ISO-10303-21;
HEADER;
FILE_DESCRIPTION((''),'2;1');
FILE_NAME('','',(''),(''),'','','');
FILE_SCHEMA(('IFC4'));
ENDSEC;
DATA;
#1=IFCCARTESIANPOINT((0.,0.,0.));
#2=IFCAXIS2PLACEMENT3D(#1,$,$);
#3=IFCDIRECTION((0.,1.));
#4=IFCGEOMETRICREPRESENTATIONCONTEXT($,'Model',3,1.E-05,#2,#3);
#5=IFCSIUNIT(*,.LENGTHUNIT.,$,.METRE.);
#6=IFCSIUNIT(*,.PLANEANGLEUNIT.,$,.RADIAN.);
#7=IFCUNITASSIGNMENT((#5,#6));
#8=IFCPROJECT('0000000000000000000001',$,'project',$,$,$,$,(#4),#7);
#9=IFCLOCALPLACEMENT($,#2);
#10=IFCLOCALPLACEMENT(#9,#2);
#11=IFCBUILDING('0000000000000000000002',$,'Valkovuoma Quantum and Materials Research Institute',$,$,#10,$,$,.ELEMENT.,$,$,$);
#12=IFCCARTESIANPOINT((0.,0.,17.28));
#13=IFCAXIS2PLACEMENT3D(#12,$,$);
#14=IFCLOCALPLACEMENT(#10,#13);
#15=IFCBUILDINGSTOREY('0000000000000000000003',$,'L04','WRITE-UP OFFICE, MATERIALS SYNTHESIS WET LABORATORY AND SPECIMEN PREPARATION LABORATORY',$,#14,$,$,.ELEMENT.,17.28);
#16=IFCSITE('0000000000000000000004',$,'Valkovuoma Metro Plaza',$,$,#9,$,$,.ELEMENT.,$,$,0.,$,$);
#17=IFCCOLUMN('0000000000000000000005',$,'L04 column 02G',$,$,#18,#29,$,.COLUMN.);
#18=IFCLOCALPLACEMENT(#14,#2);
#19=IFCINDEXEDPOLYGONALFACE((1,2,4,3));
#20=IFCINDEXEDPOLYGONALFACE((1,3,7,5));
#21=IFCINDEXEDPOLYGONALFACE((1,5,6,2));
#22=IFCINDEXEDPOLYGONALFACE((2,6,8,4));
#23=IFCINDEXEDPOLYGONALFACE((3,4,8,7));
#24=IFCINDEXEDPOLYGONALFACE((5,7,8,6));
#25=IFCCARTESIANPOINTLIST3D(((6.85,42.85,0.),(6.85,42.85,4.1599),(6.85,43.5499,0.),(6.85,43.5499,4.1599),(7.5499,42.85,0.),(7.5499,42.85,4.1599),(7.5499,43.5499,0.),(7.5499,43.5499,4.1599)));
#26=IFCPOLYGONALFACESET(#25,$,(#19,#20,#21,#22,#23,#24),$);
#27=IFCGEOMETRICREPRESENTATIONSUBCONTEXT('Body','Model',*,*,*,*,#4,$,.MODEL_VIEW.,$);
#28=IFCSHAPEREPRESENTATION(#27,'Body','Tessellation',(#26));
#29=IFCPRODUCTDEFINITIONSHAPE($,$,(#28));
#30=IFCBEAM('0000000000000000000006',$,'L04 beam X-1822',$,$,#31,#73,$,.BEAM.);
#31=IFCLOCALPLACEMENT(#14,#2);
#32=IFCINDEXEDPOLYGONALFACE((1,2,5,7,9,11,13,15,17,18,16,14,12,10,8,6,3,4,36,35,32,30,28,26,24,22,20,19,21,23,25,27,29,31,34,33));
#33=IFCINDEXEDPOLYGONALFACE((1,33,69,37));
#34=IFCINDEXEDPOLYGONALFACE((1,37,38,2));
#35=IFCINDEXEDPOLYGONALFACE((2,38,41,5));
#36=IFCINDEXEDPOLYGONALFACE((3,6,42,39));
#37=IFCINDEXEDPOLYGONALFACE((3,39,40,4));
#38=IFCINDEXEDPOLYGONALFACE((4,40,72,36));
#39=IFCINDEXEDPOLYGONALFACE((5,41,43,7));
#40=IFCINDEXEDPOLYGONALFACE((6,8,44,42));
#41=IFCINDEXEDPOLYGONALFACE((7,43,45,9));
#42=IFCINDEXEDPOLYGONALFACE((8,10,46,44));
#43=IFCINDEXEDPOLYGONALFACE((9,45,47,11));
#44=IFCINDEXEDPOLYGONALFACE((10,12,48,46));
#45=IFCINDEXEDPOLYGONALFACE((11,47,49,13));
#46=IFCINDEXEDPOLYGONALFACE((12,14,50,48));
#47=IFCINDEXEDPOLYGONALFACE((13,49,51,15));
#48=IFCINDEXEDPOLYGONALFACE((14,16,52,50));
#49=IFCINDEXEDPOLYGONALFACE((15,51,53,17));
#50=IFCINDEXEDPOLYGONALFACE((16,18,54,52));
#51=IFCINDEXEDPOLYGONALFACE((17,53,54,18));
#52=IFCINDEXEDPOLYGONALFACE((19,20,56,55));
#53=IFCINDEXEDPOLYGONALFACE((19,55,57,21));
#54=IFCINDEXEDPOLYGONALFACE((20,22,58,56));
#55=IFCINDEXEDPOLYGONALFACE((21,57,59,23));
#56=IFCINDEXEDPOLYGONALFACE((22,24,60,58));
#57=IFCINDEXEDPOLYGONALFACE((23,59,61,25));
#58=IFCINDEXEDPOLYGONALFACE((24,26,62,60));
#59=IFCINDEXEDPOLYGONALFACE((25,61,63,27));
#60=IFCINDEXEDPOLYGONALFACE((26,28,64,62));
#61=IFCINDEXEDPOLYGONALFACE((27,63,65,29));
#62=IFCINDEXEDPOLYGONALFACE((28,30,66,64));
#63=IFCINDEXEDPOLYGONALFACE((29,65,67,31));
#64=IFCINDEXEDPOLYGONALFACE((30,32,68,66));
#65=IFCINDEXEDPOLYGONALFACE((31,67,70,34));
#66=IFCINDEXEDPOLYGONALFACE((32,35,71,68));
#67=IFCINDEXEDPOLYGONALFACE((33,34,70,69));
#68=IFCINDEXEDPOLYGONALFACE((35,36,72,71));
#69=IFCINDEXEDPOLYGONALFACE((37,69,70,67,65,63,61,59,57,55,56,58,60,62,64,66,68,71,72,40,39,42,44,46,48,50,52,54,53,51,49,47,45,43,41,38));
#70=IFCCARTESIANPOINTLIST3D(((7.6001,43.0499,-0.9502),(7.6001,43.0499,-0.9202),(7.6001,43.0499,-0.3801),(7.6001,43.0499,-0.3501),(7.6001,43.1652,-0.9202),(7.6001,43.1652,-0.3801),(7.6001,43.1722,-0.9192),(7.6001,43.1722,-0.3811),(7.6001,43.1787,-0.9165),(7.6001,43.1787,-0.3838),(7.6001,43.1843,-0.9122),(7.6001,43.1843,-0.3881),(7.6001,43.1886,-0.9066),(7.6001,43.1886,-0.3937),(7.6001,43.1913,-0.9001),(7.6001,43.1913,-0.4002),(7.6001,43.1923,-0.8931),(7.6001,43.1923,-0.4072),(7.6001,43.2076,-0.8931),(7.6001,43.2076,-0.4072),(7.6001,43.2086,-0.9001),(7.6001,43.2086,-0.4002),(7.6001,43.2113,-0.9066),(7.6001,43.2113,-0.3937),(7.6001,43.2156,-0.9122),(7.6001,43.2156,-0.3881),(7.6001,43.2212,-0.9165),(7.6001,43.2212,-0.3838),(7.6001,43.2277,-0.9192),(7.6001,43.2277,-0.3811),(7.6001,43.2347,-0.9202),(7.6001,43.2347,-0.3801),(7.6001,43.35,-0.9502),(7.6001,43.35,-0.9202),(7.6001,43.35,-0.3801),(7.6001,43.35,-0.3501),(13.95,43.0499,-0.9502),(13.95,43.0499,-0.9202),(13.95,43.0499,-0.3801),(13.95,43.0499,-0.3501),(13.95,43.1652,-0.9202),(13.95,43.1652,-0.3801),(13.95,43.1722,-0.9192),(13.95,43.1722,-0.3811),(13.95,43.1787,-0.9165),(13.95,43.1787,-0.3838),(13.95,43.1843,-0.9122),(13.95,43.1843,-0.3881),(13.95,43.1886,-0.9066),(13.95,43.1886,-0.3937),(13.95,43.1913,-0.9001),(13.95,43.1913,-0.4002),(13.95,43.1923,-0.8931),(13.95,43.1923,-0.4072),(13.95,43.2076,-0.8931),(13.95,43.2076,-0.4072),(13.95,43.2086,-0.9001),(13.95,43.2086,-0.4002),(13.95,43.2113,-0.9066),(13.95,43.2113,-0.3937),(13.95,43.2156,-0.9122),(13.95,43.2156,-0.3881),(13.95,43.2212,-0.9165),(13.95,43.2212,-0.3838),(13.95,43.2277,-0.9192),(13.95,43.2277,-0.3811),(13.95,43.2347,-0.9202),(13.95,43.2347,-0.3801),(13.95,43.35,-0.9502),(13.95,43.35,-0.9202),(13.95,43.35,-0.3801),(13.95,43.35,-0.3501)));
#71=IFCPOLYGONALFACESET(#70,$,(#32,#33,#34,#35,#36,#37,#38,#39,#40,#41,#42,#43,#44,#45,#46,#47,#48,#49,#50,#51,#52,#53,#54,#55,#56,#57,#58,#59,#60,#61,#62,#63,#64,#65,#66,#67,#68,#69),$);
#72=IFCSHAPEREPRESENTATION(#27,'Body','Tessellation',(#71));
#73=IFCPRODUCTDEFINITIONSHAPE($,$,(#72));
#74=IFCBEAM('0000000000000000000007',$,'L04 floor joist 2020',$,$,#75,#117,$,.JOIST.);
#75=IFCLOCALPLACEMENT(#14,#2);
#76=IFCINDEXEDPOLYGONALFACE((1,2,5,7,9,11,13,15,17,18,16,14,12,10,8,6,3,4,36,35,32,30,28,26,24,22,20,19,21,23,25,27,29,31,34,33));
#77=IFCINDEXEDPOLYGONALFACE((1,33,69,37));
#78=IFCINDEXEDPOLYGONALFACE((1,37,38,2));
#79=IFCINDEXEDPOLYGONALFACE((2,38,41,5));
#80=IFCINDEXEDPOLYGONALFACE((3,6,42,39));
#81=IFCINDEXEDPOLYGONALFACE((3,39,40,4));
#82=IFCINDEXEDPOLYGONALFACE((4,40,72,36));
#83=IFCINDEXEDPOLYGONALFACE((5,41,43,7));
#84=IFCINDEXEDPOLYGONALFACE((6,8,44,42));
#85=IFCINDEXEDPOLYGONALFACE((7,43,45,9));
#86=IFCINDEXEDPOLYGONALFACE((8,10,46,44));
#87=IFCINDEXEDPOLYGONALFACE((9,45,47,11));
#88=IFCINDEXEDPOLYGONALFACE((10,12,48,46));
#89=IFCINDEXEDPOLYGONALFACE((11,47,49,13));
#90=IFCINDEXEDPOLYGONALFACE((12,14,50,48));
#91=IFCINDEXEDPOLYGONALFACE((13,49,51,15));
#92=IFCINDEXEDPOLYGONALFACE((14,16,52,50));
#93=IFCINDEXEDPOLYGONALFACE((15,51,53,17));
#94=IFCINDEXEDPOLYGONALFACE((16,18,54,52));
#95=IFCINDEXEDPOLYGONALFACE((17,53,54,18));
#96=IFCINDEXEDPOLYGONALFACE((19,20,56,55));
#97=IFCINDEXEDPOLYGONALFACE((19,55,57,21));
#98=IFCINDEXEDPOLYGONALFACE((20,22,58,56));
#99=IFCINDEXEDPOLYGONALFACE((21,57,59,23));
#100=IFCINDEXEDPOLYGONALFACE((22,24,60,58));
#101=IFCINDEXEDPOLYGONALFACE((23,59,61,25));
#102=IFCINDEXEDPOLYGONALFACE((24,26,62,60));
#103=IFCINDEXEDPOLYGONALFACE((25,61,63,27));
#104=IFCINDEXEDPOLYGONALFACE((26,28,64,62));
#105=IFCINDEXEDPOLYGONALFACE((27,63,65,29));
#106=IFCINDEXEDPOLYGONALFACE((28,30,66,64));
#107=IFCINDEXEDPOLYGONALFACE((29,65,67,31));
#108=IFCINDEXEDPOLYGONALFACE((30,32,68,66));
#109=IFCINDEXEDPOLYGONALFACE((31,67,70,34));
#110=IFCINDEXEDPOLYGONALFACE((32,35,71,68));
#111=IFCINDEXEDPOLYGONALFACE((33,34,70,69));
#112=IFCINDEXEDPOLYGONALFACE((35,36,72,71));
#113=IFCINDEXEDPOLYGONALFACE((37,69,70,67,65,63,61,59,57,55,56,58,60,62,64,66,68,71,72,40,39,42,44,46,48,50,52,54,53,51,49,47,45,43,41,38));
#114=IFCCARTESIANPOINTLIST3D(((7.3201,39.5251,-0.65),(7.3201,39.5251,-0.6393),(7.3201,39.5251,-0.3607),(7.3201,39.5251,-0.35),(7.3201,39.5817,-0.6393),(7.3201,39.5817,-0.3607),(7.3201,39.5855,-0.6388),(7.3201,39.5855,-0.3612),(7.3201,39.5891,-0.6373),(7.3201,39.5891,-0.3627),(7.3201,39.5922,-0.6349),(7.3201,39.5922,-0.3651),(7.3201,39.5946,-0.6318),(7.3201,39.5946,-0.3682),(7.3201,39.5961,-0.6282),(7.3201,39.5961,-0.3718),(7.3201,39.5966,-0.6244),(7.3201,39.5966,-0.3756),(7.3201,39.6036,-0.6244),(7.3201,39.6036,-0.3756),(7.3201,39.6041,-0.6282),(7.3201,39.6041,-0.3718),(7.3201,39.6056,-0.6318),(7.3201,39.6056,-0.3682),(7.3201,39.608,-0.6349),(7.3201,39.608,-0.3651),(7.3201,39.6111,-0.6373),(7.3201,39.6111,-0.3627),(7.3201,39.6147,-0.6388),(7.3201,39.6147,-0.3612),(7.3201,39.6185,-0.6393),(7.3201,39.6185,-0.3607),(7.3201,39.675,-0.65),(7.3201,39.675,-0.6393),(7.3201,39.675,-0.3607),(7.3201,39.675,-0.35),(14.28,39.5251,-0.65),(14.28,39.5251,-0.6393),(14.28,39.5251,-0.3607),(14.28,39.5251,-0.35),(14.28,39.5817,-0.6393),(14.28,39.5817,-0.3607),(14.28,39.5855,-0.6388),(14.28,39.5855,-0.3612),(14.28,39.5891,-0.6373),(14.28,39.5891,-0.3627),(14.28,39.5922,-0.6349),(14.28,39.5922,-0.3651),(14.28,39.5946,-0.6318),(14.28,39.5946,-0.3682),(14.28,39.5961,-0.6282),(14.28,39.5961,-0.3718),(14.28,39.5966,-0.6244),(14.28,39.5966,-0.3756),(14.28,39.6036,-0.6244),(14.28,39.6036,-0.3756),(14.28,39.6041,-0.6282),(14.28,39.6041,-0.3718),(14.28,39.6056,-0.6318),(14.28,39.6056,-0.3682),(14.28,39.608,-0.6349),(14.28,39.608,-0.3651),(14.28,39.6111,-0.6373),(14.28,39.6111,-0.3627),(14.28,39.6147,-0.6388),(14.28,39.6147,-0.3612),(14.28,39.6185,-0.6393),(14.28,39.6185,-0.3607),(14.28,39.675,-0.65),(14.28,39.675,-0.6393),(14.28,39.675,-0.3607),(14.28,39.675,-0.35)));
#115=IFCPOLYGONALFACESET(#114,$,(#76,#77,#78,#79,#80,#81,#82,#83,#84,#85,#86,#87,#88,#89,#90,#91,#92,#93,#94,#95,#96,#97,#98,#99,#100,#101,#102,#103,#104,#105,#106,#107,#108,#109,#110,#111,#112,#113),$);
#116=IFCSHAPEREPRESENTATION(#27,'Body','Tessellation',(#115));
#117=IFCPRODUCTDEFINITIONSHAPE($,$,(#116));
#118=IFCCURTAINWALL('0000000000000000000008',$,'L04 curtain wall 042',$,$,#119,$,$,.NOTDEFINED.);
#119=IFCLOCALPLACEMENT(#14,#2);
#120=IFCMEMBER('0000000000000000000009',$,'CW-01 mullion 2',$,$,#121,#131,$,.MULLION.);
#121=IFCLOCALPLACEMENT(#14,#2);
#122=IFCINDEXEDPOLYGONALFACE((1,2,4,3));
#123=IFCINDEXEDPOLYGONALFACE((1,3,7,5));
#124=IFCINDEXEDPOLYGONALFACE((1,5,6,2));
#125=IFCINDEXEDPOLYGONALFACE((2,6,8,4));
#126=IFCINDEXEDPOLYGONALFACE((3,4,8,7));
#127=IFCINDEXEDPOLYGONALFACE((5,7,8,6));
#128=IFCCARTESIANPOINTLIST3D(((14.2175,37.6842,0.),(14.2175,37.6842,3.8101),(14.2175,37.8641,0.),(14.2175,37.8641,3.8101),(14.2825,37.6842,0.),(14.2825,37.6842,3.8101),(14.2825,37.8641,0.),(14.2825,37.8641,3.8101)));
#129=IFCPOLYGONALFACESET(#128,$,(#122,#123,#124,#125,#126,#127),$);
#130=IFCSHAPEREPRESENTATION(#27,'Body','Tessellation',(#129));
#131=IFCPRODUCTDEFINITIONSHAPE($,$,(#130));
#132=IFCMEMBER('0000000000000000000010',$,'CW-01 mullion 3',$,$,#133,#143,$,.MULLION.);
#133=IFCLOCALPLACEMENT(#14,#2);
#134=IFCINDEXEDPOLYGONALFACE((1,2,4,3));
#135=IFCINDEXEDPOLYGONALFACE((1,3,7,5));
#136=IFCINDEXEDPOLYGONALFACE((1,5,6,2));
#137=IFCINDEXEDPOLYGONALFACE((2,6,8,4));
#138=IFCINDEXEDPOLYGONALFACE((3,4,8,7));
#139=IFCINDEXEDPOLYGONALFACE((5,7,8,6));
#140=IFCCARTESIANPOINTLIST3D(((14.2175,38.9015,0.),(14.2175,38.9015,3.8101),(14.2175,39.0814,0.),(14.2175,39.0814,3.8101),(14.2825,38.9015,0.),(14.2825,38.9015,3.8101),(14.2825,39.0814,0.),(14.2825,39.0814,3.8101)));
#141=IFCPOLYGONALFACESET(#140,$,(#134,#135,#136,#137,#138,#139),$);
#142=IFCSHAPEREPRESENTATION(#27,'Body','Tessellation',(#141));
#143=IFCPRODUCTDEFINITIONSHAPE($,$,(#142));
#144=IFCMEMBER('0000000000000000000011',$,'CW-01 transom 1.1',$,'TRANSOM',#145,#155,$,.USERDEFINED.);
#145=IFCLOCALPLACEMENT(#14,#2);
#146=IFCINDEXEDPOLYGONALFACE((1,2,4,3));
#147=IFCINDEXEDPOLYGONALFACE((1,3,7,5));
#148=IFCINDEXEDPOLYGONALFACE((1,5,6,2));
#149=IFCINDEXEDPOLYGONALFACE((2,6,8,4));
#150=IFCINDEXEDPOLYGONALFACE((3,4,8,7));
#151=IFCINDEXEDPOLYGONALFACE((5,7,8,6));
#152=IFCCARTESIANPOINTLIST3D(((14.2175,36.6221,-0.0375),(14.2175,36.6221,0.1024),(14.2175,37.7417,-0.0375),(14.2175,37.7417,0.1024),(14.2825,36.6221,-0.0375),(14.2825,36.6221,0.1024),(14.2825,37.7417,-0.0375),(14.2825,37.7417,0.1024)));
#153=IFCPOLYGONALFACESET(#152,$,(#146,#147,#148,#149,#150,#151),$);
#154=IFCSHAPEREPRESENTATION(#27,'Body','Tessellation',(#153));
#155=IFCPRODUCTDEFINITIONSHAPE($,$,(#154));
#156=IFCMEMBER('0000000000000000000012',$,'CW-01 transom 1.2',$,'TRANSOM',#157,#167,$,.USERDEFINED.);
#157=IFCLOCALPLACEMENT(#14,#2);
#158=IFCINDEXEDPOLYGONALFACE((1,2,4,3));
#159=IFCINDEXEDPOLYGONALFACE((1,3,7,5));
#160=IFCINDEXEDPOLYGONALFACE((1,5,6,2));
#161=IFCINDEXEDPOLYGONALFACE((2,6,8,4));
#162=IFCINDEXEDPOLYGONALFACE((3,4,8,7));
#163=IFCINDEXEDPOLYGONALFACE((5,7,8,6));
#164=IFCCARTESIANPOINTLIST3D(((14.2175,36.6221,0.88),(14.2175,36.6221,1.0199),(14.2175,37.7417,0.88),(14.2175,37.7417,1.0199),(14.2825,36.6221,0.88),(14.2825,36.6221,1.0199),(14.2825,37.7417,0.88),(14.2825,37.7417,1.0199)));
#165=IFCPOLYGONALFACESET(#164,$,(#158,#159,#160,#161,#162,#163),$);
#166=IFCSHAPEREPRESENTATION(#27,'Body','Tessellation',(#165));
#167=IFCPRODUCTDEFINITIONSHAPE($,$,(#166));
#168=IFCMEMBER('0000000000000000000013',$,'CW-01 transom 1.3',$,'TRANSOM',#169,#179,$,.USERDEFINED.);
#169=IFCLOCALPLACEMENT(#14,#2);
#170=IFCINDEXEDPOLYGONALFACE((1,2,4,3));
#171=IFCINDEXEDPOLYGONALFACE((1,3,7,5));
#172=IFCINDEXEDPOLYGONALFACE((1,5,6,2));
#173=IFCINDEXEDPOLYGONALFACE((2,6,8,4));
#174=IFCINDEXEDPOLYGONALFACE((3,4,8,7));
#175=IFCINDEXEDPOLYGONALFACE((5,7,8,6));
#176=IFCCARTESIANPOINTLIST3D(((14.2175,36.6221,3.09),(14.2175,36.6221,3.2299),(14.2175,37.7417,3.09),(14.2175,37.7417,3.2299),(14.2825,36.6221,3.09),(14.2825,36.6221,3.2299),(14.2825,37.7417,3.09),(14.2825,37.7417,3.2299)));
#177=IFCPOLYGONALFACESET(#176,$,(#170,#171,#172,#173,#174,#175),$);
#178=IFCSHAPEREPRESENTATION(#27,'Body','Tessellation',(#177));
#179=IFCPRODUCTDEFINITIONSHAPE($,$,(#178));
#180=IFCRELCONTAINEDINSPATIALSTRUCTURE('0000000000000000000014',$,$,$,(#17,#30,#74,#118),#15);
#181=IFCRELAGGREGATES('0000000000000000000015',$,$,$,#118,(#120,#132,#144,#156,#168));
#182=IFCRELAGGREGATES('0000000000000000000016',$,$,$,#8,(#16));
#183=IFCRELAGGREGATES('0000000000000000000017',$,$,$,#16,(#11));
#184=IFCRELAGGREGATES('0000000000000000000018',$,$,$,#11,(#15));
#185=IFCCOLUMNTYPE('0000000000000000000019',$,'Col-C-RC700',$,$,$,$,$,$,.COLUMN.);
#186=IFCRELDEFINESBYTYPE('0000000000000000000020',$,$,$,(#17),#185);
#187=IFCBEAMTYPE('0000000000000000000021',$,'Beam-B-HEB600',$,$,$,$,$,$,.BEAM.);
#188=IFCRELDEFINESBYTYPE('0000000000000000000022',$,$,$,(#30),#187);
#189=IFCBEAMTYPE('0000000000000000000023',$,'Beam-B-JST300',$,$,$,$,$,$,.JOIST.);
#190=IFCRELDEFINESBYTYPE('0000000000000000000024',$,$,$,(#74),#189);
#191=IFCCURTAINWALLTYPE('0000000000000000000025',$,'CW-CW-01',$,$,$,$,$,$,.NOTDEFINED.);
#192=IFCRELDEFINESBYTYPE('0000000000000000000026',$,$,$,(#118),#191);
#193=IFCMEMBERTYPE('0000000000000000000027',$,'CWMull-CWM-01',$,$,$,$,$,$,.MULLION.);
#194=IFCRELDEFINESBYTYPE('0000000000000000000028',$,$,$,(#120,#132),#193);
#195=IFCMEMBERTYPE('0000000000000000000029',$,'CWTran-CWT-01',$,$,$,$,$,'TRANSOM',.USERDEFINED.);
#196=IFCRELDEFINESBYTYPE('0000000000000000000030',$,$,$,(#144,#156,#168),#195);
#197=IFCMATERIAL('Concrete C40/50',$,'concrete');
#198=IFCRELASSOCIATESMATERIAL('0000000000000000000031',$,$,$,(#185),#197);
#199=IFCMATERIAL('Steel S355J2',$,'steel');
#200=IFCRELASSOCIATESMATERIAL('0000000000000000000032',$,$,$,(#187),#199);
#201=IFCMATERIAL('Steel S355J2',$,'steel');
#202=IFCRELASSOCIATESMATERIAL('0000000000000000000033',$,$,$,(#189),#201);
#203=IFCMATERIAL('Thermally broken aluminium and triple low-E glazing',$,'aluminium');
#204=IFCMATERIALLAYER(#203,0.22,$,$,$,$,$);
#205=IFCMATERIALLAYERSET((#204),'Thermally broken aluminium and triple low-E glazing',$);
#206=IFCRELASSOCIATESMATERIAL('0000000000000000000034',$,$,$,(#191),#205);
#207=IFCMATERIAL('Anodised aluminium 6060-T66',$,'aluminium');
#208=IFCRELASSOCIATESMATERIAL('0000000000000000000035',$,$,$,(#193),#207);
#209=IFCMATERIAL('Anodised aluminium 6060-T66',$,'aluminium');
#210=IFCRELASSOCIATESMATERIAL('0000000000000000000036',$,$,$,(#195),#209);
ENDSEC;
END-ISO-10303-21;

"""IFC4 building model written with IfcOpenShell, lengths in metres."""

from ifc_helpers import new_model, si_unit, direction, frame, origin, origin_2d, place, context, subcontext, project, spatial, rectangle, i_section, extrude, material, layer, layer_set, material_profile, profile_set, type_object, element, aggregate, save


model = new_model("IFC4")

# Units and contexts
model_context = context("Model", 3, precision=1e-05, world=origin(), true_north=direction((0.0, 1.0)))
body_context = subcontext(model_context, "Body", "Model", "MODEL_VIEW")
ifc_project = project(units=[si_unit("LENGTHUNIT", "METRE"), si_unit("PLANEANGLEUNIT", "RADIAN")], contexts=[model_context])

# Site, building, storey
site_placement = place(None, origin())
site = spatial("IfcSite", under=ifc_project, at=site_placement, Name="Valkovuoma Metro Plaza", CompositionType="ELEMENT", RefElevation=0.0)
building_placement = place(site_placement, origin())
building = spatial("IfcBuilding", under=site, at=building_placement, Name="Valkovuoma Quantum and Materials Research Institute", CompositionType="ELEMENT")
storey_placement = place(building_placement, frame((0.0, 0.0, 17.28)))
storey = spatial("IfcBuildingStorey", under=building, at=storey_placement, Name="L04", Description="WRITE-UP OFFICE, MATERIALS SYNTHESIS WET LABORATORY AND SPECIMEN PREPARATION LABORATORY", CompositionType="ELEMENT", Elevation=17.28)

# Column
ifc_material_1 = material(Name="Concrete C40/50", Category="concrete")
ifc_material_profile_1 = material_profile(ifc_material_1, rectangle(XDim=0.7, YDim=0.7, at=origin_2d()), Name="Concrete C40/50")
ifc_profile_set_1 = profile_set([ifc_material_profile_1], Name="Concrete C40/50")
column_type = type_object("IfcColumnType", Name="Col-C-RC700", PredefinedType="COLUMN", material=ifc_profile_set_1)
column_placement = place(storey_placement, frame((7.2, 43.2, 0.0), z_axis=(0.0, 0.0, 1.0), x_axis=(1.0, 0.0, 0.0)))
element("IfcColumn", 1, at=column_placement, inside=storey, type_object=column_type, Name="L04 column 02G", PredefinedType="COLUMN", context=body_context, shape_type="SweptSolid", body=[
    extrude(rectangle(XDim=0.7, YDim=0.7, at=origin_2d()), origin(), (0.0, 0.0, 1.0), 4.1599),
])

# Beams
ifc_material_2 = material(Name="Steel S355J2", Category="steel")
ifc_material_profile_2 = material_profile(ifc_material_2, i_section(OverallWidth=0.3, OverallDepth=0.6001, WebThickness=0.0154, FlangeThickness=0.03, FilletRadius=0.0271, at=origin_2d()), Name="Steel S355J2")
ifc_profile_set_2 = profile_set([ifc_material_profile_2], Name="Steel S355J2")
beam_type_1 = type_object("IfcBeamType", Name="Beam-B-HEB600", PredefinedType="BEAM", material=ifc_profile_set_2)
beam_1_placement = place(storey_placement, frame((7.6001, 43.2, -0.6501), z_axis=(1.0, 0.0, 0.0), x_axis=(0.0, 1.0, 0.0)))
element("IfcBeam", 2, at=beam_1_placement, inside=storey, type_object=beam_type_1, Name="L04 beam X-1822", PredefinedType="BEAM", context=body_context, shape_type="SweptSolid", body=[
    extrude(i_section(OverallWidth=0.3, OverallDepth=0.6001, WebThickness=0.0154, FlangeThickness=0.03, FilletRadius=0.0271, at=origin_2d()), origin(), (0.0, 0.0, 1.0), 6.3499),
])
ifc_material_3 = material(Name="Steel S355J2", Category="steel")
ifc_material_profile_3 = material_profile(ifc_material_3, i_section(OverallWidth=0.1499, OverallDepth=0.3, WebThickness=0.0071, FlangeThickness=0.0107, FilletRadius=0.0149, at=origin_2d()), Name="Steel S355J2")
ifc_profile_set_3 = profile_set([ifc_material_profile_3], Name="Steel S355J2")
beam_type_2 = type_object("IfcBeamType", Name="Beam-B-JST300", PredefinedType="JOIST", material=ifc_profile_set_3)
beam_2_placement = place(storey_placement, frame((7.3201, 39.6001, -0.5), z_axis=(1.0, 0.0, 0.0), x_axis=(0.0, 1.0, 0.0)))
element("IfcBeam", 3, at=beam_2_placement, inside=storey, type_object=beam_type_2, Name="L04 floor joist 2020", PredefinedType="JOIST", context=body_context, shape_type="SweptSolid", body=[
    extrude(i_section(OverallWidth=0.1499, OverallDepth=0.3, WebThickness=0.0071, FlangeThickness=0.0107, FilletRadius=0.0149, at=origin_2d()), origin(), (0.0, 0.0, 1.0), 6.96),
])

# Curtain wall, members
ifc_material_4 = material(Name="Thermally broken aluminium and triple low-E glazing", Category="aluminium")
ifc_layer_1 = layer(ifc_material_4, 0.22)
ifc_layer_set_1 = layer_set([ifc_layer_1], Name="Thermally broken aluminium and triple low-E glazing")
curtain_wall_type = type_object("IfcCurtainWallType", Name="CW-CW-01", PredefinedType="NOTDEFINED", material=ifc_layer_set_1)
curtain_wall_placement = place(storey_placement, origin())
curtain_wall = element("IfcCurtainWall", 4, at=curtain_wall_placement, inside=storey, type_object=curtain_wall_type, Name="L04 curtain wall 042", PredefinedType="NOTDEFINED")
ifc_material_5 = material(Name="Anodised aluminium 6060-T66", Category="aluminium")
ifc_material_profile_4 = material_profile(ifc_material_5, rectangle(XDim=0.0649, YDim=0.1799, at=origin_2d()), Name="Anodised aluminium 6060-T66")
ifc_profile_set_4 = profile_set([ifc_material_profile_4], Name="Anodised aluminium 6060-T66")
member_type_1 = type_object("IfcMemberType", Name="CWMull-CWM-01", PredefinedType="MULLION", material=ifc_profile_set_4)
member_1_placement = place(storey_placement, frame((14.25, 37.7742, 0.0), z_axis=(0.0, 0.0, 1.0), x_axis=(-1.0, 0.0, 0.0)))
member_1 = element("IfcMember", 5, at=member_1_placement, type_object=member_type_1, Name="CW-01 mullion 2", PredefinedType="MULLION", context=body_context, shape_type="SweptSolid", body=[
    extrude(rectangle(XDim=0.0649, YDim=0.1799, at=origin_2d()), origin(), (0.0, 0.0, 1.0), 3.8101),
])
member_2_placement = place(storey_placement, frame((14.25, 38.9915, 0.0), z_axis=(0.0, 0.0, 1.0), x_axis=(-1.0, 0.0, 0.0)))
member_2 = element("IfcMember", 6, at=member_2_placement, type_object=member_type_1, Name="CW-01 mullion 3", PredefinedType="MULLION", context=body_context, shape_type="SweptSolid", body=[
    extrude(rectangle(XDim=0.0649, YDim=0.1799, at=origin_2d()), origin(), (0.0, 0.0, 1.0), 3.8101),
])
ifc_material_6 = material(Name="Anodised aluminium 6060-T66", Category="aluminium")
ifc_material_profile_5 = material_profile(ifc_material_6, rectangle(XDim=0.0649, YDim=0.1399, at=origin_2d()), Name="Anodised aluminium 6060-T66")
ifc_profile_set_5 = profile_set([ifc_material_profile_5], Name="Anodised aluminium 6060-T66")
member_type_2 = type_object("IfcMemberType", Name="CWTran-CWT-01", ElementType="TRANSOM", PredefinedType="USERDEFINED", material=ifc_profile_set_5)
member_3_placement = place(storey_placement, frame((14.25, 36.6221, 0.0325), z_axis=(0.0, 1.0, 0.0), x_axis=(-1.0, 0.0, 0.0)))
member_3 = element("IfcMember", 7, at=member_3_placement, type_object=member_type_2, Name="CW-01 transom 1.1", ObjectType="TRANSOM", PredefinedType="USERDEFINED", context=body_context, shape_type="SweptSolid", body=[
    extrude(rectangle(XDim=0.0649, YDim=0.1399, at=origin_2d()), origin(), (0.0, 0.0, 1.0), 1.1196),
])
member_4_placement = place(storey_placement, frame((14.25, 36.6221, 0.95), z_axis=(0.0, 1.0, 0.0), x_axis=(-1.0, 0.0, 0.0)))
member_4 = element("IfcMember", 8, at=member_4_placement, type_object=member_type_2, Name="CW-01 transom 1.2", ObjectType="TRANSOM", PredefinedType="USERDEFINED", context=body_context, shape_type="SweptSolid", body=[
    extrude(rectangle(XDim=0.0649, YDim=0.1399, at=origin_2d()), origin(), (0.0, 0.0, 1.0), 1.1196),
])
member_5_placement = place(storey_placement, frame((14.25, 36.6221, 3.1599), z_axis=(0.0, 1.0, 0.0), x_axis=(-1.0, 0.0, 0.0)))
member_5 = element("IfcMember", 9, at=member_5_placement, type_object=member_type_2, Name="CW-01 transom 1.3", ObjectType="TRANSOM", PredefinedType="USERDEFINED", context=body_context, shape_type="SweptSolid", body=[
    extrude(rectangle(XDim=0.0649, YDim=0.1399, at=origin_2d()), origin(), (0.0, 0.0, 1.0), 1.1196),
])
aggregate(curtain_wall, [member_1, member_2, member_3, member_4, member_5])

save(model, "model.ifc")
